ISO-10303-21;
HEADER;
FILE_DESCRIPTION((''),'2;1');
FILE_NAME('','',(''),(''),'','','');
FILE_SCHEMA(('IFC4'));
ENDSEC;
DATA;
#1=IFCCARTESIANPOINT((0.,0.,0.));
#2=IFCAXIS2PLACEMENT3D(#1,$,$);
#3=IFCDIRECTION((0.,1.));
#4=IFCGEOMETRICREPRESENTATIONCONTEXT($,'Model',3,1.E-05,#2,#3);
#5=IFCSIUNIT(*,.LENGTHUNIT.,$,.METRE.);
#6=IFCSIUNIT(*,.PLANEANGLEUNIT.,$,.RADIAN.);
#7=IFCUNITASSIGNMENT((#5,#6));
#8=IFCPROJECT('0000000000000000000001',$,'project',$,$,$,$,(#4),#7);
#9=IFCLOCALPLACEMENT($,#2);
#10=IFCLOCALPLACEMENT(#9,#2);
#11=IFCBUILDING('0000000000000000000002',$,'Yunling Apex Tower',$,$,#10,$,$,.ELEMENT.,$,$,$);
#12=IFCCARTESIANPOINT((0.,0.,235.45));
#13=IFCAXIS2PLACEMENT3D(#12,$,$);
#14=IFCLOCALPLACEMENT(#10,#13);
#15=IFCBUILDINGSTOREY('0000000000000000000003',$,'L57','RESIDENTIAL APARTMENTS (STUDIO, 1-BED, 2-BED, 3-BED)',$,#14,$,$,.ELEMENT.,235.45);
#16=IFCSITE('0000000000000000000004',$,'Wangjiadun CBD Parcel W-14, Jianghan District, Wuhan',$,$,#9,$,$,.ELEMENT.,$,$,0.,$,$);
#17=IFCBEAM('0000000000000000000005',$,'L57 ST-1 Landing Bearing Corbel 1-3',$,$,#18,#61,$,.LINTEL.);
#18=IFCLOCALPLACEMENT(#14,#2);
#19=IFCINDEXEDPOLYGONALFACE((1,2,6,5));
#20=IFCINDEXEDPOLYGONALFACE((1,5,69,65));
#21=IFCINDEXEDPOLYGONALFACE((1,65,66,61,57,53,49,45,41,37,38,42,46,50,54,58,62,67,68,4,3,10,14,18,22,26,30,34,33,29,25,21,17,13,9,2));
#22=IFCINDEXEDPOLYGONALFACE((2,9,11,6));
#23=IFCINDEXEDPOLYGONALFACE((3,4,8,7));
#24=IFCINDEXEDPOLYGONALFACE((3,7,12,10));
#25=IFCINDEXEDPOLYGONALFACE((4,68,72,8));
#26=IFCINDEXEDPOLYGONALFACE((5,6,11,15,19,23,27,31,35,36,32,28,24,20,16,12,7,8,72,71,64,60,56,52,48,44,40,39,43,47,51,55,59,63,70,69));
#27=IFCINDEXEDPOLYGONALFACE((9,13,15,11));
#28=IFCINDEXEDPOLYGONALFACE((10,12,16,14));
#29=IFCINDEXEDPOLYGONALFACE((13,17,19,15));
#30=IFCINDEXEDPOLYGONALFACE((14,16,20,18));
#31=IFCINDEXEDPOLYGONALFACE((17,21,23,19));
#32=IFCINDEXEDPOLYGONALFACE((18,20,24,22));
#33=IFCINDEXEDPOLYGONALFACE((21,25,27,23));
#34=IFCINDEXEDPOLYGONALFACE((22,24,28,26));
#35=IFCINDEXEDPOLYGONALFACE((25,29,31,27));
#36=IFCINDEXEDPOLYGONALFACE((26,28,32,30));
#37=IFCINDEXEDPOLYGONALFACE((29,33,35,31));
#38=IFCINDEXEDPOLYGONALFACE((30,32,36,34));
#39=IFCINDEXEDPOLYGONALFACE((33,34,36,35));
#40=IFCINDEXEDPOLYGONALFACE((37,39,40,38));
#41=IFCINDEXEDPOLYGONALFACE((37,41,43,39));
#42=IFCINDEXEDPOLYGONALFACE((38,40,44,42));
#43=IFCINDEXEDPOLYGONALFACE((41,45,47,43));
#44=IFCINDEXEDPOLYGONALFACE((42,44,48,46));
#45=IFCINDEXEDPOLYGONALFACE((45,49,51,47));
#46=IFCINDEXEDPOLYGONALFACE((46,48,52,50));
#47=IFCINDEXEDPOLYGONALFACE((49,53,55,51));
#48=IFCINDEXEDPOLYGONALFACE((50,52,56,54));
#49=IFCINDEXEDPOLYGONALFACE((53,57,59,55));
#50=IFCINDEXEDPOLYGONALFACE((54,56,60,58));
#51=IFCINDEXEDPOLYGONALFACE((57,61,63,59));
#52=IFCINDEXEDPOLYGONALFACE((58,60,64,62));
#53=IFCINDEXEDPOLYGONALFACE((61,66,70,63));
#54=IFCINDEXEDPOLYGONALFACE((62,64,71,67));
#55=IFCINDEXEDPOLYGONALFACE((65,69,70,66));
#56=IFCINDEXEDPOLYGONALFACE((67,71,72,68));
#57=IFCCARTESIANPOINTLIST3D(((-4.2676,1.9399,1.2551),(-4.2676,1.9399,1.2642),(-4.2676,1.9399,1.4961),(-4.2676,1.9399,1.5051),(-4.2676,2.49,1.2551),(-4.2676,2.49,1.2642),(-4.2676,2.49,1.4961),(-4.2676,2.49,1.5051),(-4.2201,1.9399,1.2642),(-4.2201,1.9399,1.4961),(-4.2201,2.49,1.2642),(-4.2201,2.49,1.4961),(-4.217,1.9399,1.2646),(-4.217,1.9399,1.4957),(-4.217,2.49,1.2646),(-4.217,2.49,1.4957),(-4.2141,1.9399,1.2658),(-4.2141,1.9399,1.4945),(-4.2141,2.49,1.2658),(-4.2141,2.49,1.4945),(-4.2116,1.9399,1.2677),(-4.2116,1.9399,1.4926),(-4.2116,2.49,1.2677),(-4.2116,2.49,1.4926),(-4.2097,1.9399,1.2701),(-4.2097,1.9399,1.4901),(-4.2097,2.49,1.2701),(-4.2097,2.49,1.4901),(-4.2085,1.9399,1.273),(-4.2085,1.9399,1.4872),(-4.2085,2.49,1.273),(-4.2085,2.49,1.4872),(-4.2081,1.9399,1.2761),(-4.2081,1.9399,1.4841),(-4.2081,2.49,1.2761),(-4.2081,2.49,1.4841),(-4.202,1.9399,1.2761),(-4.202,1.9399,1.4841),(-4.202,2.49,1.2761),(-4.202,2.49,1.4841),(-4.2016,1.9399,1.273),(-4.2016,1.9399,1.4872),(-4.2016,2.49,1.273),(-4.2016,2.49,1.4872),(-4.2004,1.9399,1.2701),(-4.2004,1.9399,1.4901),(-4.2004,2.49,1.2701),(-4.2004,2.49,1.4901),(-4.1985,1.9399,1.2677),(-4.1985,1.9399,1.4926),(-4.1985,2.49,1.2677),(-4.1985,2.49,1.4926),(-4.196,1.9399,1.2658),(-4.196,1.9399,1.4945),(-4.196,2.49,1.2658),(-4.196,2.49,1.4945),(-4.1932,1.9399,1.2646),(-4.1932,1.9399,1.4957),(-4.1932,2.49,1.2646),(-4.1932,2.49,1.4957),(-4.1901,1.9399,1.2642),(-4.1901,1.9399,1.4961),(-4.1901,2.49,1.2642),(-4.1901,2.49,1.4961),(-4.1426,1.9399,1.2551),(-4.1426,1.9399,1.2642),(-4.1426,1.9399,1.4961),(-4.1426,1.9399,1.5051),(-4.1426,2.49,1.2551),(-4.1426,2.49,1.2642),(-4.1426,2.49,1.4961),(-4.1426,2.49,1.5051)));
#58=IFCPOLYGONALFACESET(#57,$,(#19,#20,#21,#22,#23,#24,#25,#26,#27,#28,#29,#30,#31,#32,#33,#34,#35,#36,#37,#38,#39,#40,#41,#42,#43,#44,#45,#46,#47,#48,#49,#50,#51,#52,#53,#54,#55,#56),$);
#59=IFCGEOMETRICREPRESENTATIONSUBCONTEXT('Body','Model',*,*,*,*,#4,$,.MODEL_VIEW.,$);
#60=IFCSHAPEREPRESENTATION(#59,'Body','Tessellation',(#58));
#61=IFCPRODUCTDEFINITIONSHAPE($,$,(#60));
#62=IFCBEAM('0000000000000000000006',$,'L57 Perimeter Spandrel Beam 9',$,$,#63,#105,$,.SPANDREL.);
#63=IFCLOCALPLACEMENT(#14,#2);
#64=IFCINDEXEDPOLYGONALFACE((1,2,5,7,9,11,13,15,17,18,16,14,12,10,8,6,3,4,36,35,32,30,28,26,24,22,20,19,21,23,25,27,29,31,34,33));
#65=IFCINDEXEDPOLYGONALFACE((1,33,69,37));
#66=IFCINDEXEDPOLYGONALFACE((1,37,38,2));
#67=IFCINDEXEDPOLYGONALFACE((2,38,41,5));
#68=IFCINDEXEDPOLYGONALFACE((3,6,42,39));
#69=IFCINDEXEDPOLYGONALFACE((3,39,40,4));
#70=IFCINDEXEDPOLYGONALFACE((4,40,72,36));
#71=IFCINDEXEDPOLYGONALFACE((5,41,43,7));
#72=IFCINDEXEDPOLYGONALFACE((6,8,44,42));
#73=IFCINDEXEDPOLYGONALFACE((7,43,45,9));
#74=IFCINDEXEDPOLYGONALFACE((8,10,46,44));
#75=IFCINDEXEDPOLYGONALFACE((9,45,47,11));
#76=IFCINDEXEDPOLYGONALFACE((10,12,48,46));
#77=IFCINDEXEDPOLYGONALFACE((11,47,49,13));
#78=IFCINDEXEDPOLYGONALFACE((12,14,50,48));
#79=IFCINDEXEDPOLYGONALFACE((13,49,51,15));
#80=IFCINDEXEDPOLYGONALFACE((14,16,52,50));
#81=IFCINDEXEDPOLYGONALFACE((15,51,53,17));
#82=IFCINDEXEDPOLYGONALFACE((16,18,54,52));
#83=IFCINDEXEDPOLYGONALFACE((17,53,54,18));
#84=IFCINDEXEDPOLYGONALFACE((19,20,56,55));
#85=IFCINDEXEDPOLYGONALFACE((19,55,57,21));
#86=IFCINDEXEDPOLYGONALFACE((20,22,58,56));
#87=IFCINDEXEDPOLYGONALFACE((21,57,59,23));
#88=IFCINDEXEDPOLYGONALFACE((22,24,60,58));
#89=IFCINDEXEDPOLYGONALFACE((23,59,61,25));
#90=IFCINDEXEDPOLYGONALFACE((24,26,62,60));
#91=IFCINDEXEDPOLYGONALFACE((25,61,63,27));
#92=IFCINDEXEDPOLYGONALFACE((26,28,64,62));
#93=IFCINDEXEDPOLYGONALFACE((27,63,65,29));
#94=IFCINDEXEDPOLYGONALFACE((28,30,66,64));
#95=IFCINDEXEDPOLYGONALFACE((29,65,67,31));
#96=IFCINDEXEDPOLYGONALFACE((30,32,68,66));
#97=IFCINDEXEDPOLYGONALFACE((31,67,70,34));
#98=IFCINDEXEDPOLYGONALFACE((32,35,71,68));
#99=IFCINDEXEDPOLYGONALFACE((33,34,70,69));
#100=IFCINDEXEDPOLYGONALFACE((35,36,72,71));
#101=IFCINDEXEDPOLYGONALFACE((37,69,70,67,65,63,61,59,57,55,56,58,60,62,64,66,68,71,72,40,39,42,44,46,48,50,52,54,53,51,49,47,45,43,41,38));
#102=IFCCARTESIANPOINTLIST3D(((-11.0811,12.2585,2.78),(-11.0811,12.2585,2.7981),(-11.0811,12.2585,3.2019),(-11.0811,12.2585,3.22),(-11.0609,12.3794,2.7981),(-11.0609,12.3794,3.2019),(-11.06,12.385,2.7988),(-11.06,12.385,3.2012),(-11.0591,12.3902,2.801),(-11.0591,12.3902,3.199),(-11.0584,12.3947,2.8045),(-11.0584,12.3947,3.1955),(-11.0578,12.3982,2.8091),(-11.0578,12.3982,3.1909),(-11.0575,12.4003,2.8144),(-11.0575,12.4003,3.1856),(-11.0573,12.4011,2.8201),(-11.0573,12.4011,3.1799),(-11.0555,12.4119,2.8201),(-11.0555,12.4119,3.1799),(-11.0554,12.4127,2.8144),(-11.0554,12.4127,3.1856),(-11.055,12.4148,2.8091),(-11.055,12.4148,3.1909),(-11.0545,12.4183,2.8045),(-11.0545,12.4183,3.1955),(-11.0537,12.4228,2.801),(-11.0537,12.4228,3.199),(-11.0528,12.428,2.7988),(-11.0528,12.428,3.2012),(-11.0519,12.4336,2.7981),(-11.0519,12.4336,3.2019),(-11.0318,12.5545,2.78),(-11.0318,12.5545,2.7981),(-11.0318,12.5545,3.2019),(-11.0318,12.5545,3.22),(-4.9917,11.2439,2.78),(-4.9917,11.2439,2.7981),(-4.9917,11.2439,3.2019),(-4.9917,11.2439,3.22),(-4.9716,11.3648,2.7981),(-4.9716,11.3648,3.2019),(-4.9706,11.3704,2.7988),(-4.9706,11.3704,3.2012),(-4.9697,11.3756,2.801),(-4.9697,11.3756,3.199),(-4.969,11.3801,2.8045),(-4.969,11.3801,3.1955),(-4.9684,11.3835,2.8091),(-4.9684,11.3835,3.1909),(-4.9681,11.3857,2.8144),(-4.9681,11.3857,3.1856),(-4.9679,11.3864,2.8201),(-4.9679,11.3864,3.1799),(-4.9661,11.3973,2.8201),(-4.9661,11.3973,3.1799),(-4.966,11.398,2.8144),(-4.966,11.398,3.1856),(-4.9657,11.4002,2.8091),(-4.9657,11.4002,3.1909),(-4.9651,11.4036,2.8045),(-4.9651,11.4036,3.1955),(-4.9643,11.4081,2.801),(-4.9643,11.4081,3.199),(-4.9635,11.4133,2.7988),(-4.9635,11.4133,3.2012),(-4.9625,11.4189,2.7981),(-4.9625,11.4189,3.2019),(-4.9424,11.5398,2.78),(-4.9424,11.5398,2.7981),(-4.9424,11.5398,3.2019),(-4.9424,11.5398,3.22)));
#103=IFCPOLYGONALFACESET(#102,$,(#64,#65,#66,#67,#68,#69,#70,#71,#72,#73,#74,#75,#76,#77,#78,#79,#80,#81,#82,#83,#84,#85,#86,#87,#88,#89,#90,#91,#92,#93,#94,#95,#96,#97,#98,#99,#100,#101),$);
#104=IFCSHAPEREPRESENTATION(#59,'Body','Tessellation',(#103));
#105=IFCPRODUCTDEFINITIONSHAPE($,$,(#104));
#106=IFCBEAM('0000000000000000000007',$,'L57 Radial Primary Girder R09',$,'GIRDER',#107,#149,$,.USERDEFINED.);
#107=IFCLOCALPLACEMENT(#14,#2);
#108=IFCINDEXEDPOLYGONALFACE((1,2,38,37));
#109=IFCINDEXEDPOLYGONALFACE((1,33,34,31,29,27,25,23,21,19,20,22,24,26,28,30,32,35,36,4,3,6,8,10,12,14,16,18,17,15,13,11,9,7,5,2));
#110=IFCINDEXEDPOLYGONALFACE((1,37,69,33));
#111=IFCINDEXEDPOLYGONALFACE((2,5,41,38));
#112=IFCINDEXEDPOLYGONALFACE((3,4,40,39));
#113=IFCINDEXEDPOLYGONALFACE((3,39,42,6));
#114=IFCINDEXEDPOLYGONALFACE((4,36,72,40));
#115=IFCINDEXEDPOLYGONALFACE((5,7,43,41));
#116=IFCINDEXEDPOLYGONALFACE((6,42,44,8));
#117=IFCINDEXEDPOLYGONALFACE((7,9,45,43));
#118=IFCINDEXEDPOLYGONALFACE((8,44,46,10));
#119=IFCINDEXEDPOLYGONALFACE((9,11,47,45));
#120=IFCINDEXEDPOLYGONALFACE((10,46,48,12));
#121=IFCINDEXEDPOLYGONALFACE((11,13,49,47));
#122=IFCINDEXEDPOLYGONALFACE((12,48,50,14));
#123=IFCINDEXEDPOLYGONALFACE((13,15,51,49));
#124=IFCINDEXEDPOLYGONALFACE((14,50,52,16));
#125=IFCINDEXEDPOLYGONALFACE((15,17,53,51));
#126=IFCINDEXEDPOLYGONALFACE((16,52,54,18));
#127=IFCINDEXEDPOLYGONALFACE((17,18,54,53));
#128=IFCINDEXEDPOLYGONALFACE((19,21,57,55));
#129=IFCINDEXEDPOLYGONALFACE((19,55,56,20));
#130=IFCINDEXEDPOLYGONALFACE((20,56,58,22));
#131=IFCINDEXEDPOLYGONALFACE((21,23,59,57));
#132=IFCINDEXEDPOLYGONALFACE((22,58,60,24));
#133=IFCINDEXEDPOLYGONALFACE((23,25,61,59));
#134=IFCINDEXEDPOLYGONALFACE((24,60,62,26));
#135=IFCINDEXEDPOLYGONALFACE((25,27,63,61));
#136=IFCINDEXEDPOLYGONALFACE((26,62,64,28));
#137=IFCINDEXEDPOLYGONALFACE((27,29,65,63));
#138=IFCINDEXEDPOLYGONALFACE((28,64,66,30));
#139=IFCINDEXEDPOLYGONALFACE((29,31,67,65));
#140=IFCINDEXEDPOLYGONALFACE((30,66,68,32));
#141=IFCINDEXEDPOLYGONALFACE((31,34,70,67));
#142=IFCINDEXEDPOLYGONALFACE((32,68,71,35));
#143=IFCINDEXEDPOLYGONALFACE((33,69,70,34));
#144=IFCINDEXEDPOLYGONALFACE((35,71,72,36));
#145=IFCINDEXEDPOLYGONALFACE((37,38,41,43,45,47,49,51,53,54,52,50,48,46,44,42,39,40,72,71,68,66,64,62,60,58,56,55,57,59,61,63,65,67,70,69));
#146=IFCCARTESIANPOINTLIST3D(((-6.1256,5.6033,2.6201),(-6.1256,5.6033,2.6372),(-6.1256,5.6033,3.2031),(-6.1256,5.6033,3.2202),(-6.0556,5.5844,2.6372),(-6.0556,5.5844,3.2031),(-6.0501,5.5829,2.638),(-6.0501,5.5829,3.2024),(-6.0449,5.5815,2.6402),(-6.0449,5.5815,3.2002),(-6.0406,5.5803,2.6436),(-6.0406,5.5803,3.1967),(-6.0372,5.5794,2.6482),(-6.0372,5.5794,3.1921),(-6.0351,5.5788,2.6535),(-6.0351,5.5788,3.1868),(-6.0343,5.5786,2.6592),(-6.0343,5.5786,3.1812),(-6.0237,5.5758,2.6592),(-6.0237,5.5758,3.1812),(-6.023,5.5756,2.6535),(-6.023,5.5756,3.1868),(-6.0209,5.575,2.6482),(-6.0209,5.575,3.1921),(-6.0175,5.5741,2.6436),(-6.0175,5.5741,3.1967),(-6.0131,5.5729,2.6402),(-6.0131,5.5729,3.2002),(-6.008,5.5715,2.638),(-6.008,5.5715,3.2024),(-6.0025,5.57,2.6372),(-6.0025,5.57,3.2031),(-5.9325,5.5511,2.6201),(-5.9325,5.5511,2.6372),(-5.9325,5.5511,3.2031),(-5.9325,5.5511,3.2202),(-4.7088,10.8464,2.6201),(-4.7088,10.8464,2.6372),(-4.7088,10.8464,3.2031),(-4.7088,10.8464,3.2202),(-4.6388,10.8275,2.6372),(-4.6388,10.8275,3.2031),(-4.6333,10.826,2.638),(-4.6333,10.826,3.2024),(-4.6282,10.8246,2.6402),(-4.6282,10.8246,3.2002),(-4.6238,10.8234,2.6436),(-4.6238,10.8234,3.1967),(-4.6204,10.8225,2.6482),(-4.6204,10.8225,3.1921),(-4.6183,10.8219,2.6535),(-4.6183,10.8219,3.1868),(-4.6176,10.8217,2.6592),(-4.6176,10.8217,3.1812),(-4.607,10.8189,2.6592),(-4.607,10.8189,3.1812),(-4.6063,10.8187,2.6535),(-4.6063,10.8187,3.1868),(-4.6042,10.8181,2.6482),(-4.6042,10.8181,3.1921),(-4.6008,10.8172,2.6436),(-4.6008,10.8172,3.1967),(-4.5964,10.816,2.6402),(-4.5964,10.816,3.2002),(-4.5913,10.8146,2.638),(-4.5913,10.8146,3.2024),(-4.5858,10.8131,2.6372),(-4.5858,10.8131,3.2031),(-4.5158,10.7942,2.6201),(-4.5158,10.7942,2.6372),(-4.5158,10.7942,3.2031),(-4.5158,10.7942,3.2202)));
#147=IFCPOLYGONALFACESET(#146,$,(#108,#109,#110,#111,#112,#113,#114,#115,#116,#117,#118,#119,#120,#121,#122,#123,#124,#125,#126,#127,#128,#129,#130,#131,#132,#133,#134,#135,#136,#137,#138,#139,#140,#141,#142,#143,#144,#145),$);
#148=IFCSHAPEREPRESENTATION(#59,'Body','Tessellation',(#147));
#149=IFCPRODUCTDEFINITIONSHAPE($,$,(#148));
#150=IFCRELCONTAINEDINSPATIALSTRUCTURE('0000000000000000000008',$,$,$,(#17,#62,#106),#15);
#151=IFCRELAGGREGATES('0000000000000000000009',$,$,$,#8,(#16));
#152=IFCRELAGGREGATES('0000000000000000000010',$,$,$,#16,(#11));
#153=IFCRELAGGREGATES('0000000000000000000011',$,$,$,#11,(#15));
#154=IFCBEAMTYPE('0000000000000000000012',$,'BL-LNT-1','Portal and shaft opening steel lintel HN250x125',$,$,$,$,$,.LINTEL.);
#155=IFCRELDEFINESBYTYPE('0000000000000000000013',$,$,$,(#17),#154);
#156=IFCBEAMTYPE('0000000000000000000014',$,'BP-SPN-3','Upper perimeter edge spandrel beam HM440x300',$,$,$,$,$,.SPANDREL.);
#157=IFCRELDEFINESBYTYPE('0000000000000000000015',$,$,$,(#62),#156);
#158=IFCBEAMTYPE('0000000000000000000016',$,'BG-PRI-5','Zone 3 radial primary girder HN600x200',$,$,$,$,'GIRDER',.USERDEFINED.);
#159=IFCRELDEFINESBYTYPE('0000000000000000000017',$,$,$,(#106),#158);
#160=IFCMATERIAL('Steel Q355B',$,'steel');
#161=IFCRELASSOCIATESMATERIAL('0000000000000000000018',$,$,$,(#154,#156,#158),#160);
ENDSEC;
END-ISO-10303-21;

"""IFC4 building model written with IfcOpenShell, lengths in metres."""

from ifc_helpers import new_model, si_unit, direction, frame, origin, origin_2d, place, context, subcontext, project, spatial, i_section, extrude, source, transform, mapped, material, material_profile, profile_set, type_object, element, save


model = new_model("IFC4")

# Units and contexts
model_context = context("Model", 3, precision=1e-05, world=origin(), true_north=direction((0.0, 1.0)))
body_context = subcontext(model_context, "Body", "Model", "MODEL_VIEW")
ifc_project = project(units=[si_unit("LENGTHUNIT", "METRE"), si_unit("PLANEANGLEUNIT", "RADIAN")], contexts=[model_context])

# Site, building, storey
site_placement = place(None, origin())
site = spatial("IfcSite", under=ifc_project, at=site_placement, Name="Wangjiadun CBD Parcel W-14, Jianghan District, Wuhan", CompositionType="ELEMENT", RefElevation=0.0)
building_placement = place(site_placement, origin())
building = spatial("IfcBuilding", under=site, at=building_placement, Name="Yunling Apex Tower", CompositionType="ELEMENT")
storey_placement = place(building_placement, frame((0.0, 0.0, 235.45)))
storey = spatial("IfcBuildingStorey", under=building, at=storey_placement, Name="L57", Description="RESIDENTIAL APARTMENTS (STUDIO, 1-BED, 2-BED, 3-BED)", CompositionType="ELEMENT", Elevation=235.45)

# Beams
ifc_material_1 = material(Name="Steel Q355B", Category="steel")
ifc_material_profile_1 = material_profile(ifc_material_1, i_section(OverallWidth=0.125, OverallDepth=0.25, WebThickness=0.0061, FlangeThickness=0.009, FilletRadius=0.012, at=origin_2d()))
ifc_profile_set_1 = profile_set([ifc_material_profile_1], Name="Steel Q355B")
beam_type_1 = type_object("IfcBeamType", Name="BL-LNT-1", Description="Portal and shaft opening steel lintel HN250x125", PredefinedType="LINTEL", material=ifc_profile_set_1)
shared_shape_1 = source(origin(), body_context, "Body", "SweptSolid", [
    extrude(i_section(OverallWidth=0.125, OverallDepth=0.25, WebThickness=0.0061, FlangeThickness=0.009, FilletRadius=0.012, at=origin_2d()), origin(), (0.0, 0.0, 1.0), 0.55),
])
beam_1_placement = place(storey_placement, frame((-4.2051, 1.9399, 1.3801), z_axis=(0.0, 1.0, 0.0), x_axis=(-1.0, 0.0, 0.0)))
element("IfcBeam", 1, at=beam_1_placement, inside=storey, type_object=beam_type_1, Name="L57 ST-1 Landing Bearing Corbel 1-3", PredefinedType="LINTEL", context=body_context, shape_type="MappedRepresentation", body=[
    mapped(shared_shape_1, transform((0.0, 0.0, 0.0), scale=1.0)),
])
ifc_material_profile_2 = material_profile(ifc_material_1, i_section(OverallWidth=0.3, OverallDepth=0.4399, WebThickness=0.011, FlangeThickness=0.0181, FilletRadius=0.022, at=origin_2d()))
ifc_profile_set_2 = profile_set([ifc_material_profile_2], Name="Steel Q355B")
beam_type_2 = type_object("IfcBeamType", Name="BP-SPN-3", Description="Upper perimeter edge spandrel beam HM440x300", PredefinedType="SPANDREL", material=ifc_profile_set_2)
shared_shape_2 = source(origin(), body_context, "Body", "SweptSolid", [
    extrude(i_section(OverallWidth=0.3, OverallDepth=0.4399, WebThickness=0.011, FlangeThickness=0.0181, FilletRadius=0.022, at=origin_2d()), origin(), (0.0, 0.0, 1.0), 6.1733),
])
beam_2_placement = place(storey_placement, frame((-4.967, 11.3918, 3.0), z_axis=(-0.9864, 0.164361, 0.0), x_axis=(-0.164361, -0.9864, 0.0)))
element("IfcBeam", 2, at=beam_2_placement, inside=storey, type_object=beam_type_2, Name="L57 Perimeter Spandrel Beam 9", PredefinedType="SPANDREL", context=body_context, shape_type="MappedRepresentation", body=[
    mapped(shared_shape_2, transform((0.0, 0.0, 0.0), scale=1.0)),
])
ifc_material_profile_3 = material_profile(ifc_material_1, i_section(OverallWidth=0.2, OverallDepth=0.6001, WebThickness=0.011, FlangeThickness=0.0171, FilletRadius=0.022, at=origin_2d()))
ifc_profile_set_3 = profile_set([ifc_material_profile_3], Name="Steel Q355B")
beam_type_3 = type_object("IfcBeamType", Name="BG-PRI-5", Description="Zone 3 radial primary girder HN600x200", ElementType="GIRDER", PredefinedType="USERDEFINED", material=ifc_profile_set_3)
shared_shape_3 = source(origin(), body_context, "Body", "SweptSolid", [
    extrude(i_section(OverallWidth=0.2, OverallDepth=0.6001, WebThickness=0.011, FlangeThickness=0.0171, FilletRadius=0.022, at=origin_2d()), origin(), (0.0, 0.0, 1.0), 5.4312),
])
beam_3_placement = place(storey_placement, frame((-4.6123, 10.8203, 2.9202), z_axis=(-0.260854, -0.965378, 0.0), x_axis=(0.965378, -0.260854, 0.0)))
element("IfcBeam", 3, at=beam_3_placement, inside=storey, type_object=beam_type_3, Name="L57 Radial Primary Girder R09", ObjectType="GIRDER", PredefinedType="USERDEFINED", context=body_context, shape_type="MappedRepresentation", body=[
    mapped(shared_shape_3, transform((0.0, 0.0, 0.0), scale=1.0)),
])

save(model, "model.ifc")
